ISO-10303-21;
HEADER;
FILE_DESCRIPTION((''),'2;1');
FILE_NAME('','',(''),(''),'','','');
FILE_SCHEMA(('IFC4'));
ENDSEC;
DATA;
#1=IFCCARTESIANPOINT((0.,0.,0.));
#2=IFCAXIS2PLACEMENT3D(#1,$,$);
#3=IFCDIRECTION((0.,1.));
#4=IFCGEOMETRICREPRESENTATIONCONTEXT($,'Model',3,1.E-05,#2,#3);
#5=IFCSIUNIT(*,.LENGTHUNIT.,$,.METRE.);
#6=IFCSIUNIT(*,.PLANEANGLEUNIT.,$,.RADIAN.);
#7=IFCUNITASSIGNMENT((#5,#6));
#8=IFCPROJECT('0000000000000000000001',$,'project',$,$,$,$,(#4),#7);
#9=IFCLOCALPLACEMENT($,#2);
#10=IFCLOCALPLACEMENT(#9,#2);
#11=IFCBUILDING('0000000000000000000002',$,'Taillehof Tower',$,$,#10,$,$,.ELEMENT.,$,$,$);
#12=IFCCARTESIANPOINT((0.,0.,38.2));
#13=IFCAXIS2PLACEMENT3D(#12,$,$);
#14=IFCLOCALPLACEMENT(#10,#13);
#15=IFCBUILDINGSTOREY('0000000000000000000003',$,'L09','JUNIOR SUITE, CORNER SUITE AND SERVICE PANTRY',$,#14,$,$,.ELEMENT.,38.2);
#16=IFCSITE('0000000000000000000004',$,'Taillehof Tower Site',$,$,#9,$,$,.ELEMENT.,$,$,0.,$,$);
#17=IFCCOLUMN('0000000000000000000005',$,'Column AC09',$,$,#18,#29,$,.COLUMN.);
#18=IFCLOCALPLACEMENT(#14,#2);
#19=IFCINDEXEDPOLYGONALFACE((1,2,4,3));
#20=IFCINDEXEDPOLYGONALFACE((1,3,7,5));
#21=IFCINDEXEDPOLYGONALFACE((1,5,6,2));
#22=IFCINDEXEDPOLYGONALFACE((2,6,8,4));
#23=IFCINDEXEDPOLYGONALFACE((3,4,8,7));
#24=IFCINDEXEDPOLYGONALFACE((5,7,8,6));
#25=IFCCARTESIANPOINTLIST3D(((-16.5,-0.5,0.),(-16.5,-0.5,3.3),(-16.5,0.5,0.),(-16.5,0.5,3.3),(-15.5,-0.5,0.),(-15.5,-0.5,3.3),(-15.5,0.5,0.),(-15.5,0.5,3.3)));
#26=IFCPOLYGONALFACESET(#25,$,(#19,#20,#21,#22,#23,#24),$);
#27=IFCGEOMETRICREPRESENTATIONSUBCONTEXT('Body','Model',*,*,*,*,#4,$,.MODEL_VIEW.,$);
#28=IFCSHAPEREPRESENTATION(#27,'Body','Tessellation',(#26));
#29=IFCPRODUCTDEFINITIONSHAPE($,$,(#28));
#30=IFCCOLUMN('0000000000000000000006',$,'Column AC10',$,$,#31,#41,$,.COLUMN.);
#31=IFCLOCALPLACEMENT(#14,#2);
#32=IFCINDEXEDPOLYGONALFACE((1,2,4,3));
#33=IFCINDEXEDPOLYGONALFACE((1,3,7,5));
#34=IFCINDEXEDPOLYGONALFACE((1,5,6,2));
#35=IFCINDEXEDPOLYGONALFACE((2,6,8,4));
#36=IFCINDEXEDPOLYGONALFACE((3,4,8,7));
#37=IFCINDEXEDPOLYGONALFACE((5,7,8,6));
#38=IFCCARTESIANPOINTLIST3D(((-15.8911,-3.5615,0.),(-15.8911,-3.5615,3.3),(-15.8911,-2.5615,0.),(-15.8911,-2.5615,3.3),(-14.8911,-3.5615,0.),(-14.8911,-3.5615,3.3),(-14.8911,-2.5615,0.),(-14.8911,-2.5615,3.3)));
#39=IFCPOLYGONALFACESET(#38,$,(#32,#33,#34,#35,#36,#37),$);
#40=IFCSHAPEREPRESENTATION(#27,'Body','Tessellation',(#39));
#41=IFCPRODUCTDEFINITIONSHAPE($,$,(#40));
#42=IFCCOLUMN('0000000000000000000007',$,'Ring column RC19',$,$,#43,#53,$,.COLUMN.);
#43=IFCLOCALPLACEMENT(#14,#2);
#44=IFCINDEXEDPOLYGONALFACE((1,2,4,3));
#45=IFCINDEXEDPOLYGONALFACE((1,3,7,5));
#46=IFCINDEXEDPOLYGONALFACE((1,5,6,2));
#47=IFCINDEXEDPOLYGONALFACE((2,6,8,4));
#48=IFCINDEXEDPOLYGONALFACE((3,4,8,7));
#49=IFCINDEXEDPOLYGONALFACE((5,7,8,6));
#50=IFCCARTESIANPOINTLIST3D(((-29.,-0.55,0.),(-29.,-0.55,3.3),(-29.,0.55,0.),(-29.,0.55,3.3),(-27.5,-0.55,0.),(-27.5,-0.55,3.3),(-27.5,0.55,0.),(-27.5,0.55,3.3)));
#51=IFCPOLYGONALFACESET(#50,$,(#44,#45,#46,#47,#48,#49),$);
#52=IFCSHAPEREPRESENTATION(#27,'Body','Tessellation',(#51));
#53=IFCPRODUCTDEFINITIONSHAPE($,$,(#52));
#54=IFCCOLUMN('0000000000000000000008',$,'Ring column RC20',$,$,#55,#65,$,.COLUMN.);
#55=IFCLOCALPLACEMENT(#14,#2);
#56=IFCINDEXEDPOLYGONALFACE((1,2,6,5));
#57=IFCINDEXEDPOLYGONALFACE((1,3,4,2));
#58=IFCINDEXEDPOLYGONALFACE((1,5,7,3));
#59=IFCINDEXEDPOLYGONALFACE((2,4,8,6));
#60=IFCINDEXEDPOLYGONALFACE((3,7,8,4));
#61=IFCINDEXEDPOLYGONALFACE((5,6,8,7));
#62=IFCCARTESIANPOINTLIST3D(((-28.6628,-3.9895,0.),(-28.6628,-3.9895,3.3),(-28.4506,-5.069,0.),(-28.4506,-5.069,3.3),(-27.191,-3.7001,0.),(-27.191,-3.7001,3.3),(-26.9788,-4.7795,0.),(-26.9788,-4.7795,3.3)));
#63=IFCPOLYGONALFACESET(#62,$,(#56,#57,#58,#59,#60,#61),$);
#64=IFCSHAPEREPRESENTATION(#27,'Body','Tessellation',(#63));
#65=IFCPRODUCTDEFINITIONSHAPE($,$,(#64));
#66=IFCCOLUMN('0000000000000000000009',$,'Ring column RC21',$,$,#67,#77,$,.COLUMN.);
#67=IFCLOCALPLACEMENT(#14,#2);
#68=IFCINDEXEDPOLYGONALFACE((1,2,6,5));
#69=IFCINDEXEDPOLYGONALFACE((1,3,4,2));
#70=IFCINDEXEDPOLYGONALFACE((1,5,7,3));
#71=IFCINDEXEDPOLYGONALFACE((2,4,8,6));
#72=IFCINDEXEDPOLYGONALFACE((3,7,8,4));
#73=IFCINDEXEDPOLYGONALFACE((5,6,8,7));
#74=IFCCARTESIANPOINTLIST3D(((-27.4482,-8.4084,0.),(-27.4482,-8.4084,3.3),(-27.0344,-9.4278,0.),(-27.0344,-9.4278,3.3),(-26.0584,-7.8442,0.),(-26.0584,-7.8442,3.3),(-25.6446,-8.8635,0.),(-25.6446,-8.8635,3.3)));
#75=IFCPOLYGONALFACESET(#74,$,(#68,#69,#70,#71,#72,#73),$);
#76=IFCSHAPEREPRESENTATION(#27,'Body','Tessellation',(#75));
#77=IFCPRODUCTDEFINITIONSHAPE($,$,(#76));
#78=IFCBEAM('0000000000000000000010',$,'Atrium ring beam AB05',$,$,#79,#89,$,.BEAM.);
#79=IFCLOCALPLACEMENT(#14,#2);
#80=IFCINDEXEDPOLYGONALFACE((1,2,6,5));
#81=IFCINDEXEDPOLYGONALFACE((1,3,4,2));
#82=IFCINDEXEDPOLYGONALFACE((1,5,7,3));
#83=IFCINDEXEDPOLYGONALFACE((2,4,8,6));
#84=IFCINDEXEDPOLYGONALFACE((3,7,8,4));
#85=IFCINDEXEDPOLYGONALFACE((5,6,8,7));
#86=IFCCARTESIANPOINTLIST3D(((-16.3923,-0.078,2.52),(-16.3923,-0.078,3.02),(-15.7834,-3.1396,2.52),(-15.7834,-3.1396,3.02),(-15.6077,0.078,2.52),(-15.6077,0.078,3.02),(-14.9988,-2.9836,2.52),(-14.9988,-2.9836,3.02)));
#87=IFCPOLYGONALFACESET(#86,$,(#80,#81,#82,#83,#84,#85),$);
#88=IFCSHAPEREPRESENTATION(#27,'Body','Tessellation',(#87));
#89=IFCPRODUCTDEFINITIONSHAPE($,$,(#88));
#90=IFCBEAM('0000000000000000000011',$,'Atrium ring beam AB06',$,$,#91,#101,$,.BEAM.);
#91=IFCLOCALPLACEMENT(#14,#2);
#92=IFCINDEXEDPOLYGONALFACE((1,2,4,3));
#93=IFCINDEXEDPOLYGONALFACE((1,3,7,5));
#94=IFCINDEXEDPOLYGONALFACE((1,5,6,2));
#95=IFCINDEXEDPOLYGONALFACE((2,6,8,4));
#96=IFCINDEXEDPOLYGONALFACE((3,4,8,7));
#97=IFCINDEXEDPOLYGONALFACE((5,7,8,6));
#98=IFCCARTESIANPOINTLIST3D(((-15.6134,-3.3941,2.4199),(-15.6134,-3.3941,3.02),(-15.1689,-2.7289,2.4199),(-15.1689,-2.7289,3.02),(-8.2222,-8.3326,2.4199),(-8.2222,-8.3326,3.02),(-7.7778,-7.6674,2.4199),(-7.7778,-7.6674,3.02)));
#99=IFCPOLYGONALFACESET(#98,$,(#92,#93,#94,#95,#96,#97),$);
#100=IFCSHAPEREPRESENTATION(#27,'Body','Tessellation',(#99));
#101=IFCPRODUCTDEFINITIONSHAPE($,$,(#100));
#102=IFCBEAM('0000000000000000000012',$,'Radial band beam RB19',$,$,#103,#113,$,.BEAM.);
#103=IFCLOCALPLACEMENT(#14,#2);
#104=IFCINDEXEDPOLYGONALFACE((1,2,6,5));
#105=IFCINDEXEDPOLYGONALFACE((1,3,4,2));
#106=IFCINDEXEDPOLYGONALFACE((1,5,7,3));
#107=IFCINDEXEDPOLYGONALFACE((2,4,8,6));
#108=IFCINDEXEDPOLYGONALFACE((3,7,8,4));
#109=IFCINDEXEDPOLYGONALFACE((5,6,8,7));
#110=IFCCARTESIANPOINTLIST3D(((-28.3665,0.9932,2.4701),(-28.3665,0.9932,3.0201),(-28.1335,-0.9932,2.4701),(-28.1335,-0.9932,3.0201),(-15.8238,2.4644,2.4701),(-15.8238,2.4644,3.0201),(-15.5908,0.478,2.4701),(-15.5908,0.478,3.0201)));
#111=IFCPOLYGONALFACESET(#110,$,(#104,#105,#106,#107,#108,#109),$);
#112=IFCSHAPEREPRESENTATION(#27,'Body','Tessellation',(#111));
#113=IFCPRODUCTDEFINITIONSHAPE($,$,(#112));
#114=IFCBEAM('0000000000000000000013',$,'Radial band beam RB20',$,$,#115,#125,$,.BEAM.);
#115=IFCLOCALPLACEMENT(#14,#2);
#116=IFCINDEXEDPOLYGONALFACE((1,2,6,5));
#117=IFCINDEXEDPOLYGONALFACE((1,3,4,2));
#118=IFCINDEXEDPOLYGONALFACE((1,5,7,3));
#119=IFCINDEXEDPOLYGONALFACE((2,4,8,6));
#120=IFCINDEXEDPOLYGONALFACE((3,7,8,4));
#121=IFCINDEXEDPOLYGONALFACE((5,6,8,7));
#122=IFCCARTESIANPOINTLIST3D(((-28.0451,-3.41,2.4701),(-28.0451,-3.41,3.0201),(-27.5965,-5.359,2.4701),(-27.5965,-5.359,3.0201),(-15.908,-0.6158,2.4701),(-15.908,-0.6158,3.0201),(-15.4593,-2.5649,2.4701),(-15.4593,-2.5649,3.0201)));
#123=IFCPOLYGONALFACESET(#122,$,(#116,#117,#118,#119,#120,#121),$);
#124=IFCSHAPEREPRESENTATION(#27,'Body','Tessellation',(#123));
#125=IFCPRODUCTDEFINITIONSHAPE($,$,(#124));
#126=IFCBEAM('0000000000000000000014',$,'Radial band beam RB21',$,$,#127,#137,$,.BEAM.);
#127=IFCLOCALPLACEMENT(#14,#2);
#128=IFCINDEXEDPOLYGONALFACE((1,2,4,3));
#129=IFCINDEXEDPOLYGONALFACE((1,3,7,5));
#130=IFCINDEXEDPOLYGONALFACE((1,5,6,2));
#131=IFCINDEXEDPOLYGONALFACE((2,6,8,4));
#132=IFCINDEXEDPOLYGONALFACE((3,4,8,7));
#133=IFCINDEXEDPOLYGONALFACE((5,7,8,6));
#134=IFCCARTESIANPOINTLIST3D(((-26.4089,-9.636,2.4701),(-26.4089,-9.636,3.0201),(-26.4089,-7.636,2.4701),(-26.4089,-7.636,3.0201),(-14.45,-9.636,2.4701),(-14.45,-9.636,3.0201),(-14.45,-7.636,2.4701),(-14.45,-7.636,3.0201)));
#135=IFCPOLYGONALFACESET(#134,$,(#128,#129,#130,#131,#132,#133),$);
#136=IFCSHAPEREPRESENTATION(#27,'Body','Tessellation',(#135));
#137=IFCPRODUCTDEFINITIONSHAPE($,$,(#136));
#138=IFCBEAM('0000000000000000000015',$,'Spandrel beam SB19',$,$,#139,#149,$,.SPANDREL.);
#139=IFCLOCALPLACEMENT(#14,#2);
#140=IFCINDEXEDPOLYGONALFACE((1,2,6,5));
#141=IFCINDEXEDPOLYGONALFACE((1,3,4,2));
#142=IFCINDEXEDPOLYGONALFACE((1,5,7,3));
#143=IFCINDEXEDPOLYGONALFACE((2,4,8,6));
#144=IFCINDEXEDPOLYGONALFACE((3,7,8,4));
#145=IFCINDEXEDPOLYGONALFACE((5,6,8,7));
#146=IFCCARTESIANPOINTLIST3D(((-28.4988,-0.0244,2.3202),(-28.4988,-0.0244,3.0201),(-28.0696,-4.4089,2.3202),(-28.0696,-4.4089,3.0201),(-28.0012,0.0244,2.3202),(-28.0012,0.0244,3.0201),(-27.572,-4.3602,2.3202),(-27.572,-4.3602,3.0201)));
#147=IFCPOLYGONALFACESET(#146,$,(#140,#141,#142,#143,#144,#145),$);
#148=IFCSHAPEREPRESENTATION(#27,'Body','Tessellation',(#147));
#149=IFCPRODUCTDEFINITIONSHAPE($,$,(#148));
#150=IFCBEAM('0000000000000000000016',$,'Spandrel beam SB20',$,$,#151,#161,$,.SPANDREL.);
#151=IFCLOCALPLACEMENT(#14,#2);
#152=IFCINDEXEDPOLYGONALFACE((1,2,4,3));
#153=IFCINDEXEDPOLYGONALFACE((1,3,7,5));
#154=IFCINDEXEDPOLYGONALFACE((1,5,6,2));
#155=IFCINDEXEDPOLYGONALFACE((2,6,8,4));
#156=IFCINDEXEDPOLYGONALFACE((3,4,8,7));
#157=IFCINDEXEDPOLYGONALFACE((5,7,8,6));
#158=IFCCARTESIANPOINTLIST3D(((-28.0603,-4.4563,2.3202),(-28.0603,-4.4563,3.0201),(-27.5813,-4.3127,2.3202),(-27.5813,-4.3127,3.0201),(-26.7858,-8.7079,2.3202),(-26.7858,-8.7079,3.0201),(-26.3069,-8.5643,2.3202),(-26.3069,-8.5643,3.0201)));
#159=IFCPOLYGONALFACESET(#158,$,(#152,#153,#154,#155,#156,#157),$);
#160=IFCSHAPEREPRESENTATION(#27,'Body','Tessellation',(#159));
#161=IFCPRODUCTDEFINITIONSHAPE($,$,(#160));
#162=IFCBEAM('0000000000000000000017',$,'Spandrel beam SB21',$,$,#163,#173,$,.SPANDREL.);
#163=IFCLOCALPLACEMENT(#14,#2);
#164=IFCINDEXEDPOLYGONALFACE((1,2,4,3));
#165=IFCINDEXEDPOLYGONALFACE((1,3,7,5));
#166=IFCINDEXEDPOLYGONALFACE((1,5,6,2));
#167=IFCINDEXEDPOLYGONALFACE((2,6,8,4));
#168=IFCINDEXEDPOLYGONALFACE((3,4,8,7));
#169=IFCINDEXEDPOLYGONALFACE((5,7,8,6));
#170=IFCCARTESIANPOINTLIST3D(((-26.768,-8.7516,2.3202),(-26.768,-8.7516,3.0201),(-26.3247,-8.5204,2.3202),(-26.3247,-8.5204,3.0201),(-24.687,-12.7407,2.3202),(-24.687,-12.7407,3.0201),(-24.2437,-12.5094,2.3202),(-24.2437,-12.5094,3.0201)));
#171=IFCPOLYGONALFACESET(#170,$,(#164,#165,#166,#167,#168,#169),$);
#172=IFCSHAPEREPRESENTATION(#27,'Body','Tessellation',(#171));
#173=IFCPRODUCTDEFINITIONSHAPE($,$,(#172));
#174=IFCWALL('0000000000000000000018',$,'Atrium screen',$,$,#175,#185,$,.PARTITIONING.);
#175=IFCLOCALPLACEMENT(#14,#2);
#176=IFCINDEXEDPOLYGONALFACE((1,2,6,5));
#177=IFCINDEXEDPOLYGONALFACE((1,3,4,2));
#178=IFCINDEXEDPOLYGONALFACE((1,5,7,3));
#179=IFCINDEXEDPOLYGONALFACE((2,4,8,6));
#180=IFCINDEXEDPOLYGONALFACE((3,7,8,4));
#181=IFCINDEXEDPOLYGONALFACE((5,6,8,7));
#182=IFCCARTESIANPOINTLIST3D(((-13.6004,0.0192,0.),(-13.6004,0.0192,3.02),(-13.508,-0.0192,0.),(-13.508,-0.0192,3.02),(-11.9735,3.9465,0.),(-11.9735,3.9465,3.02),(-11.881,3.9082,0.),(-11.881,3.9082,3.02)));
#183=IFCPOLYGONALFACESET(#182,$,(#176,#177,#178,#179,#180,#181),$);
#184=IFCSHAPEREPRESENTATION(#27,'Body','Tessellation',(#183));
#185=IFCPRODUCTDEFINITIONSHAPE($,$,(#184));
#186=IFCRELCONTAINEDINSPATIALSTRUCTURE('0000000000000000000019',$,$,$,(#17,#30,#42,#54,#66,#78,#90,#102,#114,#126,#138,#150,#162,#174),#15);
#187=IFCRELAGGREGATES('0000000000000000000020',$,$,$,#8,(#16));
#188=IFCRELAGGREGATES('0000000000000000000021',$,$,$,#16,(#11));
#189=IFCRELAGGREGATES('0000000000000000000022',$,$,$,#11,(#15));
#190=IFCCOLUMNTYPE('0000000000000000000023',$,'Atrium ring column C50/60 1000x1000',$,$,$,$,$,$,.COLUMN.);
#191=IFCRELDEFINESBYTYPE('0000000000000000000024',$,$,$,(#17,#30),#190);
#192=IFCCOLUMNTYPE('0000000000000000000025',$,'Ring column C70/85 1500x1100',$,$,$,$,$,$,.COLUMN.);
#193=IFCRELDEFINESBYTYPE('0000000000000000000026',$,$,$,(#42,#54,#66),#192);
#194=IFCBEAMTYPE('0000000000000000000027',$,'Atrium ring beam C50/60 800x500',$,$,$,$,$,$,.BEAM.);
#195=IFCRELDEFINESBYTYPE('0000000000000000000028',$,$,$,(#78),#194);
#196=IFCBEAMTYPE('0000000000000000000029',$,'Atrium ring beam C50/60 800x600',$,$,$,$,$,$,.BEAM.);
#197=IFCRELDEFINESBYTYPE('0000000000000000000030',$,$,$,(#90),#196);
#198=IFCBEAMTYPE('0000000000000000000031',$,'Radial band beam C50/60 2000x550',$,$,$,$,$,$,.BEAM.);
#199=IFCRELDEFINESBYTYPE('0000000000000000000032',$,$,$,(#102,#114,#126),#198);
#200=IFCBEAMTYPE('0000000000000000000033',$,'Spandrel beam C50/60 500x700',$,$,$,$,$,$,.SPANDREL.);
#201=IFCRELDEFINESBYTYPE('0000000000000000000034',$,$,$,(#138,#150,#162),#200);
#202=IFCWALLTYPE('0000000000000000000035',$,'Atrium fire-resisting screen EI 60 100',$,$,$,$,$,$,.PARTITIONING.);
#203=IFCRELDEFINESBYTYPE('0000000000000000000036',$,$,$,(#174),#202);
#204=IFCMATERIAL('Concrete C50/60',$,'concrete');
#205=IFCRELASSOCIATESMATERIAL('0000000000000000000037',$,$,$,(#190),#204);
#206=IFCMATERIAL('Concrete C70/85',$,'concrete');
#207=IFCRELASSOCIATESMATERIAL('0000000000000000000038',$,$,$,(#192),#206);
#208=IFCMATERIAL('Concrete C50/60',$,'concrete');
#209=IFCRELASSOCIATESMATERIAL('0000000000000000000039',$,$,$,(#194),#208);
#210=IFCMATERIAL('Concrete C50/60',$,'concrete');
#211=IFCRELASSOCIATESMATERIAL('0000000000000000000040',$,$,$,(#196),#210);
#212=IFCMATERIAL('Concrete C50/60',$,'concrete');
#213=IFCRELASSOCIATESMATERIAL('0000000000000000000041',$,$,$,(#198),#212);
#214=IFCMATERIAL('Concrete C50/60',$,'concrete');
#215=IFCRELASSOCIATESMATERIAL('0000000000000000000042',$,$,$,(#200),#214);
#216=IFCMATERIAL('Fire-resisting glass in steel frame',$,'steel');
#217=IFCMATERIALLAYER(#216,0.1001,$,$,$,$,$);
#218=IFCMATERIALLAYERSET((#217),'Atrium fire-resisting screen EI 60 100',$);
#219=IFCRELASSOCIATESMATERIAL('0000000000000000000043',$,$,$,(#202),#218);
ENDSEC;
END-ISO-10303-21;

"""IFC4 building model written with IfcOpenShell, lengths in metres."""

from ifc_helpers import new_model, si_unit, direction, frame, frame_2d, origin, origin_2d, place, context, subcontext, project, spatial, rectangle, extrude, material, layer, layer_set, material_profile, profile_set, type_object, element, save


model = new_model("IFC4")

# Units and contexts
model_context = context("Model", 3, precision=1e-05, world=origin(), true_north=direction((0.0, 1.0)))
body_context = subcontext(model_context, "Body", "Model", "MODEL_VIEW")
ifc_project = project(units=[si_unit("LENGTHUNIT", "METRE"), si_unit("PLANEANGLEUNIT", "RADIAN")], contexts=[model_context])

# Site, building, storey
site_placement = place(None, origin())
site = spatial("IfcSite", under=ifc_project, at=site_placement, Name="Taillehof Tower Site", CompositionType="ELEMENT", RefElevation=0.0)
building_placement = place(site_placement, origin())
building = spatial("IfcBuilding", under=site, at=building_placement, Name="Taillehof Tower", CompositionType="ELEMENT")
storey_placement = place(building_placement, frame((0.0, 0.0, 38.2)))
storey = spatial("IfcBuildingStorey", under=building, at=storey_placement, Name="L09", Description="JUNIOR SUITE, CORNER SUITE AND SERVICE PANTRY", CompositionType="ELEMENT", Elevation=38.2)

# Columns
ifc_material_1 = material(Name="Concrete C50/60", Category="concrete")
ifc_material_profile_1 = material_profile(ifc_material_1, rectangle(XDim=1.0, YDim=1.0, at=origin_2d()), Name="RC 1000x1000")
ifc_profile_set_1 = profile_set([ifc_material_profile_1], Name="Concrete C50/60")
column_type_1 = type_object("IfcColumnType", Name="Atrium ring column C50/60 1000x1000", PredefinedType="COLUMN", material=ifc_profile_set_1)
for number, where, z_axis, x_axis, name in (
    (1, (-16.0, 0.0, 0.0), (0.0, 0.0, 1.0), (1.0, 0.0, 0.0), "Column AC09"),
    (2, (-15.3911, -3.0615, 0.0), (0.0, 0.0, 1.0), (1.0, 0.0, 0.0), "Column AC10"),
):
    element("IfcColumn", number, at=place(storey_placement, frame(where, z_axis=z_axis, x_axis=x_axis)), inside=storey, type_object=column_type_1, Name=name, PredefinedType="COLUMN", context=body_context, shape_type="SweptSolid", body=[
        extrude(rectangle(XDim=1.0, YDim=1.0, at=origin_2d()), origin(), (0.0, 0.0, 1.0), 3.3),
    ])
ifc_material_2 = material(Name="Concrete C70/85", Category="concrete")
ifc_material_profile_2 = material_profile(ifc_material_2, rectangle(XDim=1.5, YDim=1.1001, at=origin_2d()), Name="RC 1500x1100")
ifc_profile_set_2 = profile_set([ifc_material_profile_2], Name="Concrete C70/85")
column_type_2 = type_object("IfcColumnType", Name="Ring column C70/85 1500x1100", PredefinedType="COLUMN", material=ifc_profile_set_2)
for number, where, z_axis, x_axis, name in (
    (3, (-28.25, 0.0, 0.0), (0.0, 0.0, 1.0), (-1.0, 0.0, 0.0), "Ring column RC19"),
    (4, (-27.8208, -4.3845, 0.0), (0.0, 0.0, 1.0), (-0.981204, -0.192976, 0.0), "Ring column RC20"),
    (5, (-26.5464, -8.636, 0.0), (0.0, 0.0, 1.0), (-0.926558, -0.376152, 0.0), "Ring column RC21"),
):
    element("IfcColumn", number, at=place(storey_placement, frame(where, z_axis=z_axis, x_axis=x_axis)), inside=storey, type_object=column_type_2, Name=name, PredefinedType="COLUMN", context=body_context, shape_type="SweptSolid", body=[
        extrude(rectangle(XDim=1.5, YDim=1.1001, at=origin_2d()), origin(), (0.0, 0.0, 1.0), 3.3),
    ])

# Beams
ifc_material_3 = material(Name="Concrete C50/60", Category="concrete")
ifc_material_profile_3 = material_profile(ifc_material_3, rectangle(XDim=0.8, YDim=0.5, at=origin_2d()), Name="RC 800x500")
ifc_profile_set_3 = profile_set([ifc_material_profile_3], Name="Concrete C50/60")
beam_type_1 = type_object("IfcBeamType", Name="Atrium ring beam C50/60 800x500", PredefinedType="BEAM", material=ifc_profile_set_3)
beam_1_placement = place(storey_placement, frame((-16.0, 0.0, 2.77), z_axis=(0.195063, -0.980791, 0.0), x_axis=(0.980791, 0.195063, 0.0)))
element("IfcBeam", 6, at=beam_1_placement, inside=storey, type_object=beam_type_1, Name="Atrium ring beam AB05", PredefinedType="BEAM", context=body_context, shape_type="SweptSolid", body=[
    extrude(rectangle(XDim=0.8, YDim=0.5, at=origin_2d()), origin(), (0.0, 0.0, 1.0), 3.1216),
])
ifc_material_4 = material(Name="Concrete C50/60", Category="concrete")
ifc_material_profile_4 = material_profile(ifc_material_4, rectangle(XDim=0.8, YDim=0.6001, at=origin_2d()), Name="RC 800x600")
ifc_profile_set_4 = profile_set([ifc_material_profile_4], Name="Concrete C50/60")
beam_type_2 = type_object("IfcBeamType", Name="Atrium ring beam C50/60 800x600", PredefinedType="BEAM", material=ifc_profile_set_4)
beam_2_placement = place(storey_placement, frame((-15.3911, -3.0615, 2.72), z_axis=(0.831475, -0.555562, 0.0), x_axis=(0.555562, 0.831475, 0.0)))
element("IfcBeam", 7, at=beam_2_placement, inside=storey, type_object=beam_type_2, Name="Atrium ring beam AB06", PredefinedType="BEAM", context=body_context, shape_type="SweptSolid", body=[
    extrude(rectangle(XDim=0.8, YDim=0.6001, at=origin_2d()), origin(), (0.0, 0.0, 1.0), 8.8892),
])
ifc_material_5 = material(Name="Concrete C50/60", Category="concrete")
ifc_material_profile_5 = material_profile(ifc_material_5, rectangle(XDim=2.0, YDim=0.55, at=origin_2d()), Name="RC 2000x550")
ifc_profile_set_5 = profile_set([ifc_material_profile_5], Name="Concrete C50/60")
beam_type_3 = type_object("IfcBeamType", Name="Radial band beam C50/60 2000x550", PredefinedType="BEAM", material=ifc_profile_set_5)
beam_3_placement = place(storey_placement, frame((-28.25, 0.0, 2.7451), z_axis=(0.993191, 0.116496, 0.0), x_axis=(-0.116496, 0.993191, 0.0)))
element("IfcBeam", 8, at=beam_3_placement, inside=storey, type_object=beam_type_3, Name="Radial band beam RB19", PredefinedType="BEAM", context=body_context, shape_type="SweptSolid", body=[
    extrude(rectangle(XDim=2.0, YDim=0.55, at=origin_2d()), origin(), (0.0, 0.0, 1.0), 12.6287),
])
beam_4_placement = place(storey_placement, frame((-27.8208, -4.3845, 2.7451), z_axis=(0.974509, 0.224348, 0.0), x_axis=(-0.224348, 0.974509, 0.0)))
element("IfcBeam", 9, at=beam_4_placement, inside=storey, type_object=beam_type_3, Name="Radial band beam RB20", PredefinedType="BEAM", context=body_context, shape_type="SweptSolid", body=[
    extrude(rectangle(XDim=2.0, YDim=0.55, at=origin_2d()), origin(), (0.0, 0.0, 1.0), 12.4546),
])
beam_5_placement = place(storey_placement, frame((-26.4089, -8.636, 2.7451), z_axis=(1.0, 0.0, 0.0), x_axis=(0.0, 1.0, 0.0)))
element("IfcBeam", 10, at=beam_5_placement, inside=storey, type_object=beam_type_3, Name="Radial band beam RB21", PredefinedType="BEAM", context=body_context, shape_type="SweptSolid", body=[
    extrude(rectangle(XDim=2.0, YDim=0.55, at=origin_2d()), origin(), (0.0, 0.0, 1.0), 11.959),
])
ifc_material_6 = material(Name="Concrete C50/60", Category="concrete")
ifc_material_profile_6 = material_profile(ifc_material_6, rectangle(XDim=0.5, YDim=0.7, at=origin_2d()), Name="RC 500x700")
ifc_profile_set_6 = profile_set([ifc_material_profile_6], Name="Concrete C50/60")
beam_type_4 = type_object("IfcBeamType", Name="Spandrel beam C50/60 500x700", PredefinedType="SPANDREL", material=ifc_profile_set_6)
beam_6_placement = place(storey_placement, frame((-28.25, 0.0, 2.6702), z_axis=(0.097424, -0.995243, 0.0), x_axis=(0.995243, 0.097424, 0.0)))
element("IfcBeam", 11, at=beam_6_placement, inside=storey, type_object=beam_type_4, Name="Spandrel beam SB19", PredefinedType="SPANDREL", context=body_context, shape_type="SweptSolid", body=[
    extrude(rectangle(XDim=0.5, YDim=0.7, at=origin_2d()), origin(), (0.0, 0.0, 1.0), 4.4055),
])
beam_7_placement = place(storey_placement, frame((-27.8208, -4.3845, 2.6702), z_axis=(0.287136, -0.95789, 0.0), x_axis=(0.95789, 0.287136, 0.0)))
element("IfcBeam", 12, at=beam_7_placement, inside=storey, type_object=beam_type_4, Name="Spandrel beam SB20", PredefinedType="SPANDREL", context=body_context, shape_type="SweptSolid", body=[
    extrude(rectangle(XDim=0.5, YDim=0.7, at=origin_2d()), origin(), (0.0, 0.0, 1.0), 4.4385),
])
beam_8_placement = place(storey_placement, frame((-26.5464, -8.636, 2.6702), z_axis=(0.462536, -0.8866, 0.0), x_axis=(0.8866, 0.462536, 0.0)))
element("IfcBeam", 13, at=beam_8_placement, inside=storey, type_object=beam_type_4, Name="Spandrel beam SB21", PredefinedType="SPANDREL", context=body_context, shape_type="SweptSolid", body=[
    extrude(rectangle(XDim=0.5, YDim=0.7, at=origin_2d()), origin(), (0.0, 0.0, 1.0), 4.4993),
])

# Wall
ifc_material_7 = material(Name="Fire-resisting glass in steel frame", Category="steel")
ifc_layer_1 = layer(ifc_material_7, 0.1001)
ifc_layer_set_1 = layer_set([ifc_layer_1], Name="Atrium fire-resisting screen EI 60 100")
wall_type_1 = type_object("IfcWallType", Name="Atrium fire-resisting screen EI 60 100", PredefinedType="PARTITIONING", material=ifc_layer_set_1)
wall_1_placement = place(storey_placement, frame((-13.5542, 0.0, 0.0), z_axis=(0.0, 0.0, 1.0), x_axis=(0.382731, 0.92386, 0.0)))
element("IfcWall", 14, at=wall_1_placement, inside=storey, type_object=wall_type_1, Name="Atrium screen", PredefinedType="PARTITIONING", context=body_context, shape_type="SweptSolid", body=[
    extrude(rectangle(XDim=4.251, YDim=0.1001, at=frame_2d((2.1255, 0.0))), origin(), (0.0, 0.0, 1.0), 3.02),
])

save(model, "model.ifc")
